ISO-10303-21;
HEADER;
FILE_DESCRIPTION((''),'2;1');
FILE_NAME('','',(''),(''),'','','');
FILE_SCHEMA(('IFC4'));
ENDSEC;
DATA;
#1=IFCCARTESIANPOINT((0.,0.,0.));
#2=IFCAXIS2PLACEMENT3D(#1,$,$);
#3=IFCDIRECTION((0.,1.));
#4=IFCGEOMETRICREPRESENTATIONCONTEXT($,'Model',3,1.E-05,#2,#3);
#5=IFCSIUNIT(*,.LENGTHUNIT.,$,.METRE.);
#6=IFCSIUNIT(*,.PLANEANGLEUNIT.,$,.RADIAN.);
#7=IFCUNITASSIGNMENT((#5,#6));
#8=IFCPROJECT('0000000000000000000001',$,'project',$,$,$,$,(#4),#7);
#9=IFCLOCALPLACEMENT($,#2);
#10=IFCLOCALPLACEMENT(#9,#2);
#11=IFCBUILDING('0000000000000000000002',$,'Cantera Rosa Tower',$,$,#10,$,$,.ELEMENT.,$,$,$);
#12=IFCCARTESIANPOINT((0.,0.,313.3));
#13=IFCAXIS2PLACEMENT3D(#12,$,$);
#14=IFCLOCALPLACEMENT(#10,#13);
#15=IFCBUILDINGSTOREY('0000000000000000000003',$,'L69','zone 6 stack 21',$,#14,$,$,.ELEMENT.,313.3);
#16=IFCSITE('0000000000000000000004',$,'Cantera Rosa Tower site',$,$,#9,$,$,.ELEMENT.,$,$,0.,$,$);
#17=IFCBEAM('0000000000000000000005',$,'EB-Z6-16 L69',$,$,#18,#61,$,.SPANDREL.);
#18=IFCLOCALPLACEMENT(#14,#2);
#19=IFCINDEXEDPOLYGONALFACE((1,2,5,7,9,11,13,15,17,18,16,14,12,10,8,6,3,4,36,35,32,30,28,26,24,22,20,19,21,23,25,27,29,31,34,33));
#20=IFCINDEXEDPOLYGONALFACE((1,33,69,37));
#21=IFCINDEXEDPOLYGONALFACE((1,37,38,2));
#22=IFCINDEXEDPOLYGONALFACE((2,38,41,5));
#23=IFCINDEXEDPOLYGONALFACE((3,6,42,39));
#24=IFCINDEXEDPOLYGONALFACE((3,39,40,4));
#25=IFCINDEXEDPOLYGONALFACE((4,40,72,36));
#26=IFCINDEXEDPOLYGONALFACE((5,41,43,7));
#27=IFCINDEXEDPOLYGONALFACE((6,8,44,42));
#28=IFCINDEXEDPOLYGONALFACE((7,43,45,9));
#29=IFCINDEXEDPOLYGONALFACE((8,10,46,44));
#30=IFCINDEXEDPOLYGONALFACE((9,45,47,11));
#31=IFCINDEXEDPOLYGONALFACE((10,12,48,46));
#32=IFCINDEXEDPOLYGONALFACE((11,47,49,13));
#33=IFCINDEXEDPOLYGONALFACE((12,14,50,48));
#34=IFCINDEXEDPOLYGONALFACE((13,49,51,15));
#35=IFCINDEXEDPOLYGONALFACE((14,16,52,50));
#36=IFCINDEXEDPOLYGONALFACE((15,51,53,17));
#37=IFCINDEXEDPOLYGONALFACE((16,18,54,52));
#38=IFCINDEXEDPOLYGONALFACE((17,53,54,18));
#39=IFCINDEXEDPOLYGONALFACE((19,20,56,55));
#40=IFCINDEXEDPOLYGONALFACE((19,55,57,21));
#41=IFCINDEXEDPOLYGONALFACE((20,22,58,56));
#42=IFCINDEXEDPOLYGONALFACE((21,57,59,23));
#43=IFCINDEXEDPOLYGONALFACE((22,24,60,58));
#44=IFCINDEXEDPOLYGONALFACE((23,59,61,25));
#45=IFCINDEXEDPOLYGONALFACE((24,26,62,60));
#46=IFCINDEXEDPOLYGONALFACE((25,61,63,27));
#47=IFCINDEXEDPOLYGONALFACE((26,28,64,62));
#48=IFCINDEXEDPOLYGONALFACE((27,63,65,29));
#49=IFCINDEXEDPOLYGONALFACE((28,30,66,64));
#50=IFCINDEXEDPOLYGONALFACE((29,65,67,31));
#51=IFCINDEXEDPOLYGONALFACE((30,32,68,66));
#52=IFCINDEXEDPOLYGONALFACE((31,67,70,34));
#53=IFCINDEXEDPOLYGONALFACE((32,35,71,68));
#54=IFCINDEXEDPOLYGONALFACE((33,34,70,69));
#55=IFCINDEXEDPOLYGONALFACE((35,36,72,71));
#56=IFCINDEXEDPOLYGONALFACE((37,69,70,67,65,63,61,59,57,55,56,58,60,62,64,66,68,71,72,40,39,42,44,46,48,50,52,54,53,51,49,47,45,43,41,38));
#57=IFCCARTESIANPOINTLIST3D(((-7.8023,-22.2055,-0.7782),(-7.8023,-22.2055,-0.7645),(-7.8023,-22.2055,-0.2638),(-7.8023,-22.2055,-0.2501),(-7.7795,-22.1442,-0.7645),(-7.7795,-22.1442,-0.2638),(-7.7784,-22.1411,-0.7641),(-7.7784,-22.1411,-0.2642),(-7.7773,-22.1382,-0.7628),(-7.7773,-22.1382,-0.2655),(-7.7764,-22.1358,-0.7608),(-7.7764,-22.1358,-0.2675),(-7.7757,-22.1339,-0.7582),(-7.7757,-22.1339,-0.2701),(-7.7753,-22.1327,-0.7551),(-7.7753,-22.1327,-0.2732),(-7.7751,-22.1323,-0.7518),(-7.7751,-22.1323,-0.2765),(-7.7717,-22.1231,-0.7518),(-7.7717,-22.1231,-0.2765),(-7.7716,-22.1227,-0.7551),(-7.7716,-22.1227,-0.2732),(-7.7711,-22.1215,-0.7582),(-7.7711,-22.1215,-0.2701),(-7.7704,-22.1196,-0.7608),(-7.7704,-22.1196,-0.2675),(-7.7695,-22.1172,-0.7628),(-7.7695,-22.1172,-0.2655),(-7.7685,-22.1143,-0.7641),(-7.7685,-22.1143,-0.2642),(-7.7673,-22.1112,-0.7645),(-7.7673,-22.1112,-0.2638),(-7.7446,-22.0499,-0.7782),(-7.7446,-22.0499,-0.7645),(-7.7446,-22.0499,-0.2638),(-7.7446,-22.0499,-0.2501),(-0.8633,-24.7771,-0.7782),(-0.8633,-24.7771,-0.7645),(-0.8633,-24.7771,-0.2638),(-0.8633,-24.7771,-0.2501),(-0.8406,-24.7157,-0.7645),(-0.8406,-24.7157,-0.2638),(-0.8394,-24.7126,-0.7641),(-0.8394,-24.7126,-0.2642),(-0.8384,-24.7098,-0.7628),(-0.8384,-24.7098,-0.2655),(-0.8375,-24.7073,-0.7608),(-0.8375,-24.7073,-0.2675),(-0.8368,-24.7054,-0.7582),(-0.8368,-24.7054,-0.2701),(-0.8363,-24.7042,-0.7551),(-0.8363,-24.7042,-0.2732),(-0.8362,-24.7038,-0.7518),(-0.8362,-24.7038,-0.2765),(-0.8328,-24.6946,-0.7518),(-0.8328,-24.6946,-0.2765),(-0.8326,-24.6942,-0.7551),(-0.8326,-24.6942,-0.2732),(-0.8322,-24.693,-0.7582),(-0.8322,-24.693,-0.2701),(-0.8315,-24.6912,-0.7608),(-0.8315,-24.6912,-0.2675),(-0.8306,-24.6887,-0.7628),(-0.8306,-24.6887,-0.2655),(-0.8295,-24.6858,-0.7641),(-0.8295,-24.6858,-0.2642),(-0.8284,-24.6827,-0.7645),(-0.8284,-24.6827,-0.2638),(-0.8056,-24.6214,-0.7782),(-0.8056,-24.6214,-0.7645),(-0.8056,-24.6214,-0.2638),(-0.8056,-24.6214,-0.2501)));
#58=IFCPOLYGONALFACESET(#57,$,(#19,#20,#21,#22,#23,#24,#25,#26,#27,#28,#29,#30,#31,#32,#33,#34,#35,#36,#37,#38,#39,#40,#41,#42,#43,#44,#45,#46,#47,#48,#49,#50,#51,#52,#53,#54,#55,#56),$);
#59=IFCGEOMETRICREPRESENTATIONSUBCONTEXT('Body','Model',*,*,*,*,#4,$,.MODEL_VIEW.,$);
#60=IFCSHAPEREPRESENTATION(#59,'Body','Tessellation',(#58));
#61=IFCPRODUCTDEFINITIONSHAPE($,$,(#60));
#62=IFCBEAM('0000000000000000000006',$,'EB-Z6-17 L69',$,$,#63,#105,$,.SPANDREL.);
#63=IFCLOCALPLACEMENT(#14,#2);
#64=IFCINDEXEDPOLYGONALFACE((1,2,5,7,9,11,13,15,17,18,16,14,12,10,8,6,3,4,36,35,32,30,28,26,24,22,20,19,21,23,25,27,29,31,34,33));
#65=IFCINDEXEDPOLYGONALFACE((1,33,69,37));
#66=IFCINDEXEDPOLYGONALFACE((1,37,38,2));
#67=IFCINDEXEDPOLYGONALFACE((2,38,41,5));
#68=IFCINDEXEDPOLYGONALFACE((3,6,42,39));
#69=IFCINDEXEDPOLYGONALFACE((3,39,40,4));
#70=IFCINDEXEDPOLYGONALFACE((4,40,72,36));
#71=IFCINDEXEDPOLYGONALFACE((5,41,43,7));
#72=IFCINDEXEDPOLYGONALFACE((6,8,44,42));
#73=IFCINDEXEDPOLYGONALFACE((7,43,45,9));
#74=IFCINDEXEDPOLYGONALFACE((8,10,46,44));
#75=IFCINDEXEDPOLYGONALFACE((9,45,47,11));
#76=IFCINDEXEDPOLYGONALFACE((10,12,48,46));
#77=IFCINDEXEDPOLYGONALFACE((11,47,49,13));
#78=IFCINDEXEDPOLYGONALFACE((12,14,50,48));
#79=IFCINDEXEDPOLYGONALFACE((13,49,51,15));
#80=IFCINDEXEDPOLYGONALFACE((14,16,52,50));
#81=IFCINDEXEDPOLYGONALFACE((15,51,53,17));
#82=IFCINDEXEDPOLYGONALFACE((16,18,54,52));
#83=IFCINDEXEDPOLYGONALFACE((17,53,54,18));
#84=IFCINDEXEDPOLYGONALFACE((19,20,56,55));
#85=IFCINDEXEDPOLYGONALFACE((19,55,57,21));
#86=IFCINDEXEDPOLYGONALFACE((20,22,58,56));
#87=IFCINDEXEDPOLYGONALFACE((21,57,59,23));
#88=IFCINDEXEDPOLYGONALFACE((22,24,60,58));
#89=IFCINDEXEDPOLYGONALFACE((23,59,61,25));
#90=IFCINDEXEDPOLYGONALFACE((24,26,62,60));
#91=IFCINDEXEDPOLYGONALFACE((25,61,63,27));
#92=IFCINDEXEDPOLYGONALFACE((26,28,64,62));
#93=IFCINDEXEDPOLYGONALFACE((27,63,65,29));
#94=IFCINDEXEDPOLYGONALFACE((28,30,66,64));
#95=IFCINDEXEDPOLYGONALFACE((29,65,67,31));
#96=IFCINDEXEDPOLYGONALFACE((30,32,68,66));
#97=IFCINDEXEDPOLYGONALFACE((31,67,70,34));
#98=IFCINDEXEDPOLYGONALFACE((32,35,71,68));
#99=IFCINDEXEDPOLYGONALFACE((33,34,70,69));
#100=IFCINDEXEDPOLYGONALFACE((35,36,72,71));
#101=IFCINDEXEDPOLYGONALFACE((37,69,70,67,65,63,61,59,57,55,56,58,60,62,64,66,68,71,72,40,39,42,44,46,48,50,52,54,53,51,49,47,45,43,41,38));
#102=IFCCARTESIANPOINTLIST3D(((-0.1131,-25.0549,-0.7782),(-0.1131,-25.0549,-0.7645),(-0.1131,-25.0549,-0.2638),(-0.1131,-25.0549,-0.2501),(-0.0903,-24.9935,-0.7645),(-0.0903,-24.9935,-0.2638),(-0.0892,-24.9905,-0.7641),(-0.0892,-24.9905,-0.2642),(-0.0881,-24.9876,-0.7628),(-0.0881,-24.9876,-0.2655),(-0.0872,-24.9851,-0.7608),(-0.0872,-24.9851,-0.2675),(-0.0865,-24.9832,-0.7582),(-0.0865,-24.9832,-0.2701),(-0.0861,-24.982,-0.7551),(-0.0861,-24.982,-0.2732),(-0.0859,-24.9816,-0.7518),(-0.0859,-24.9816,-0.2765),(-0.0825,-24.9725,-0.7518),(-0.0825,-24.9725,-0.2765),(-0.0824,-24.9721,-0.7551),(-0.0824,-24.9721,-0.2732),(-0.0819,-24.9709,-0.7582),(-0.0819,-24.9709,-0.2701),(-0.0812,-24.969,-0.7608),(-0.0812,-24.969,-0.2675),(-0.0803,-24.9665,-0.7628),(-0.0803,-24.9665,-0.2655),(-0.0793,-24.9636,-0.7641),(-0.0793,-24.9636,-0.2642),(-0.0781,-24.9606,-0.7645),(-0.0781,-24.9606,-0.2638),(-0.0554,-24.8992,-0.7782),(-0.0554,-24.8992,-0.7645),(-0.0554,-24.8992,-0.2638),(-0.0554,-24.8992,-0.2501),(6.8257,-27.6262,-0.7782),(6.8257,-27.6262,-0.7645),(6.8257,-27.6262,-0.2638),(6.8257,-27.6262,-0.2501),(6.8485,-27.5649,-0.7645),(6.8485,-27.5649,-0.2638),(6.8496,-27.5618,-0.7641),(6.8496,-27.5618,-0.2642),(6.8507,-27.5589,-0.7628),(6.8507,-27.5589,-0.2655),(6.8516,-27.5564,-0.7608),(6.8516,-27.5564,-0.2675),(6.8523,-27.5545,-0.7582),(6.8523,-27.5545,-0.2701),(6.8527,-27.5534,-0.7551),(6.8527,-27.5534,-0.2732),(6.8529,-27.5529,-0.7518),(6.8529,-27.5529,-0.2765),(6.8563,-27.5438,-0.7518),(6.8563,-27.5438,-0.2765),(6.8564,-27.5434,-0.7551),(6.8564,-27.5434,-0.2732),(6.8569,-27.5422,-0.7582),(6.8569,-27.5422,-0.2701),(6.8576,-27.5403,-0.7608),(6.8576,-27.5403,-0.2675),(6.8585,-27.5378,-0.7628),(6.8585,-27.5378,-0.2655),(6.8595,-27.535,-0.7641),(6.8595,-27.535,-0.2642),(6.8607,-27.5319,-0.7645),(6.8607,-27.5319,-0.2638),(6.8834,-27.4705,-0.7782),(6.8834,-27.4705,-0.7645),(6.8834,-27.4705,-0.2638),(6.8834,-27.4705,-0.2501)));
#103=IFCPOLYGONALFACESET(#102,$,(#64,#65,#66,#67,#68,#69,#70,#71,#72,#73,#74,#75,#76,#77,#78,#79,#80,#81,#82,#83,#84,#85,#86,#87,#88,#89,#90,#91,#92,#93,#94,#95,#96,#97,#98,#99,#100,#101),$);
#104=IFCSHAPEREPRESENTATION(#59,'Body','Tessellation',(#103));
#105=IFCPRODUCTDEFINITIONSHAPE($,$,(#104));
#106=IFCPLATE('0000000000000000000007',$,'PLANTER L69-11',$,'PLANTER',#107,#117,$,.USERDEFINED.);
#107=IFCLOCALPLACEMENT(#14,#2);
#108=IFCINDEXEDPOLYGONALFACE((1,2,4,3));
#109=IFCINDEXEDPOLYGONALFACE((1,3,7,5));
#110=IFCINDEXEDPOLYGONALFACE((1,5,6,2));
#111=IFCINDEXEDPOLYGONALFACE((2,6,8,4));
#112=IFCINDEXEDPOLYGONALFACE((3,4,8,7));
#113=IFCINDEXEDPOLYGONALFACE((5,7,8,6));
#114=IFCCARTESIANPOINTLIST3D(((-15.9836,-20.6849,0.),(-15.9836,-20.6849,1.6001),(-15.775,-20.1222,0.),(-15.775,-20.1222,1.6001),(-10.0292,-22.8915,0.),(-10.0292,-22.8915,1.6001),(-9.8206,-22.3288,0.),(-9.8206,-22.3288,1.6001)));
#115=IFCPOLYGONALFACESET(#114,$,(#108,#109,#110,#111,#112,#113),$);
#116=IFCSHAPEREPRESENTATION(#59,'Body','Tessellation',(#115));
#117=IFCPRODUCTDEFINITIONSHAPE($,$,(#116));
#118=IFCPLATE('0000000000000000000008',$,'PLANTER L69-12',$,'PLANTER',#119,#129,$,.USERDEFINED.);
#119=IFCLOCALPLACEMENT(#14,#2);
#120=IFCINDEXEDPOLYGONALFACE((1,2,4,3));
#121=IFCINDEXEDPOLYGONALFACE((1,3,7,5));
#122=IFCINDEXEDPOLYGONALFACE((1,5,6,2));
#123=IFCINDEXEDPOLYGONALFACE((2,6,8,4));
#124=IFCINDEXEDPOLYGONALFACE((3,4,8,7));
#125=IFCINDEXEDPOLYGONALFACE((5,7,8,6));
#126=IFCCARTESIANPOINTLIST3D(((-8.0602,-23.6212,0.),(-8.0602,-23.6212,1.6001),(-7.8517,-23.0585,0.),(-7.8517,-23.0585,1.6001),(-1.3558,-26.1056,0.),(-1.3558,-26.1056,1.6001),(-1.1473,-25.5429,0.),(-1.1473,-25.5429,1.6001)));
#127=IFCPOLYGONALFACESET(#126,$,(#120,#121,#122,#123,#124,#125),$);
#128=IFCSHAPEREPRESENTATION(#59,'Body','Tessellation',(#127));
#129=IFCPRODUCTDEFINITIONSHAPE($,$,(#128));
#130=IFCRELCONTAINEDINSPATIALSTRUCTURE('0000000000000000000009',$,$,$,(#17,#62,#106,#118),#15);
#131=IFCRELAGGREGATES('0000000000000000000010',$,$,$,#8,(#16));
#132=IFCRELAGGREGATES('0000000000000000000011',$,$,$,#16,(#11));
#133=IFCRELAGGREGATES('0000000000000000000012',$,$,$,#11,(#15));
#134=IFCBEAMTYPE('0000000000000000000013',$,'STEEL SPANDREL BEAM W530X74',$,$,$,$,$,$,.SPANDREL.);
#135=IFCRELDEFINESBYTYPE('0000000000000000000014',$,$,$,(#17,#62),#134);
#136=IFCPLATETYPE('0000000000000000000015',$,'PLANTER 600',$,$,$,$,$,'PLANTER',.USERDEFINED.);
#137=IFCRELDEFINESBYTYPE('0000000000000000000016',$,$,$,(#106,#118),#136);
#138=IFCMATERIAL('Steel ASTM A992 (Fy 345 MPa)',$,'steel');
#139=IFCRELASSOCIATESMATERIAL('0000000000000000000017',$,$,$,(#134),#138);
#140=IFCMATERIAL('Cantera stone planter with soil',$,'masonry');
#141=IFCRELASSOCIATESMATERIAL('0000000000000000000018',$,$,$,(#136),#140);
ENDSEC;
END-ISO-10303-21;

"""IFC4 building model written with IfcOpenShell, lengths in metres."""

from ifc_helpers import new_model, si_unit, direction, frame, origin, origin_2d, place, context, subcontext, project, spatial, rectangle, i_section, extrude, material, material_profile, profile_set, type_object, element, save


model = new_model("IFC4")

# Units and contexts
model_context = context("Model", 3, precision=1e-05, world=origin(), true_north=direction((0.0, 1.0)))
body_context = subcontext(model_context, "Body", "Model", "MODEL_VIEW")
ifc_project = project(units=[si_unit("LENGTHUNIT", "METRE"), si_unit("PLANEANGLEUNIT", "RADIAN")], contexts=[model_context])

# Site, building, storey
site_placement = place(None, origin())
site = spatial("IfcSite", under=ifc_project, at=site_placement, Name="Cantera Rosa Tower site", CompositionType="ELEMENT", RefElevation=0.0)
building_placement = place(site_placement, origin())
building = spatial("IfcBuilding", under=site, at=building_placement, Name="Cantera Rosa Tower", CompositionType="ELEMENT")
storey_placement = place(building_placement, frame((0.0, 0.0, 313.3)))
storey = spatial("IfcBuildingStorey", under=building, at=storey_placement, Name="L69", Description="zone 6 stack 21", CompositionType="ELEMENT", Elevation=313.3)

# Beams
ifc_material_1 = material(Name="Steel ASTM A992 (Fy 345 MPa)", Category="steel")
ifc_material_profile_1 = material_profile(ifc_material_1, i_section(OverallWidth=0.166, OverallDepth=0.5281, WebThickness=0.0098, FlangeThickness=0.0137, FilletRadius=0.0127, at=origin_2d()), Name="W530X74")
ifc_profile_set_1 = profile_set([ifc_material_profile_1], Name="Steel ASTM A992 (Fy 345 MPa)")
beam_type_1 = type_object("IfcBeamType", Name="STEEL SPANDREL BEAM W530X74", PredefinedType="SPANDREL", material=ifc_profile_set_1)
beam_1_placement = place(storey_placement, frame((-7.7734, -22.1277, -0.5142), z_axis=(0.937681, -0.347498, 0.0), x_axis=(0.347498, 0.937681, 0.0)))
element("IfcBeam", 1, at=beam_1_placement, inside=storey, type_object=beam_type_1, Name="EB-Z6-16 L69", PredefinedType="SPANDREL", context=body_context, shape_type="SweptSolid", body=[
    extrude(i_section(OverallWidth=0.166, OverallDepth=0.5281, WebThickness=0.0098, FlangeThickness=0.0137, FilletRadius=0.0127, at=origin_2d()), origin(), (0.0, 0.0, 1.0), 7.4001),
])
beam_2_placement = place(storey_placement, frame((-0.0842, -24.9771, -0.5142), z_axis=(0.937687, -0.34748, 0.0), x_axis=(0.34748, 0.937687, 0.0)))
element("IfcBeam", 2, at=beam_2_placement, inside=storey, type_object=beam_type_1, Name="EB-Z6-17 L69", PredefinedType="SPANDREL", context=body_context, shape_type="SweptSolid", body=[
    extrude(i_section(OverallWidth=0.166, OverallDepth=0.5281, WebThickness=0.0098, FlangeThickness=0.0137, FilletRadius=0.0127, at=origin_2d()), origin(), (0.0, 0.0, 1.0), 7.3999),
])

# Plates
ifc_material_2 = material(Name="Cantera stone planter with soil", Category="masonry")
plate_type = type_object("IfcPlateType", Name="PLANTER 600", ElementType="PLANTER", PredefinedType="USERDEFINED", material=ifc_material_2)
plate_1_placement = place(storey_placement, frame((-12.9021, -21.5068, 0.0), z_axis=(0.0, 0.0, 1.0), x_axis=(0.937687, -0.347481, 0.0)))
element("IfcPlate", 3, at=plate_1_placement, inside=storey, type_object=plate_type, Name="PLANTER L69-11", ObjectType="PLANTER", PredefinedType="USERDEFINED", context=body_context, shape_type="SweptSolid", body=[
    extrude(rectangle(XDim=6.3501, YDim=0.6001, at=origin_2d()), origin(), (0.0, 0.0, 1.0), 1.6001),
])
plate_2_placement = place(storey_placement, frame((-4.6038, -24.582, 0.0), z_axis=(0.0, 0.0, 1.0), x_axis=(0.937687, -0.347481, 0.0)))
element("IfcPlate", 4, at=plate_2_placement, inside=storey, type_object=plate_type, Name="PLANTER L69-12", ObjectType="PLANTER", PredefinedType="USERDEFINED", context=body_context, shape_type="SweptSolid", body=[
    extrude(rectangle(XDim=7.1499, YDim=0.6001, at=origin_2d()), origin(), (0.0, 0.0, 1.0), 1.6001),
])

save(model, "model.ifc")
